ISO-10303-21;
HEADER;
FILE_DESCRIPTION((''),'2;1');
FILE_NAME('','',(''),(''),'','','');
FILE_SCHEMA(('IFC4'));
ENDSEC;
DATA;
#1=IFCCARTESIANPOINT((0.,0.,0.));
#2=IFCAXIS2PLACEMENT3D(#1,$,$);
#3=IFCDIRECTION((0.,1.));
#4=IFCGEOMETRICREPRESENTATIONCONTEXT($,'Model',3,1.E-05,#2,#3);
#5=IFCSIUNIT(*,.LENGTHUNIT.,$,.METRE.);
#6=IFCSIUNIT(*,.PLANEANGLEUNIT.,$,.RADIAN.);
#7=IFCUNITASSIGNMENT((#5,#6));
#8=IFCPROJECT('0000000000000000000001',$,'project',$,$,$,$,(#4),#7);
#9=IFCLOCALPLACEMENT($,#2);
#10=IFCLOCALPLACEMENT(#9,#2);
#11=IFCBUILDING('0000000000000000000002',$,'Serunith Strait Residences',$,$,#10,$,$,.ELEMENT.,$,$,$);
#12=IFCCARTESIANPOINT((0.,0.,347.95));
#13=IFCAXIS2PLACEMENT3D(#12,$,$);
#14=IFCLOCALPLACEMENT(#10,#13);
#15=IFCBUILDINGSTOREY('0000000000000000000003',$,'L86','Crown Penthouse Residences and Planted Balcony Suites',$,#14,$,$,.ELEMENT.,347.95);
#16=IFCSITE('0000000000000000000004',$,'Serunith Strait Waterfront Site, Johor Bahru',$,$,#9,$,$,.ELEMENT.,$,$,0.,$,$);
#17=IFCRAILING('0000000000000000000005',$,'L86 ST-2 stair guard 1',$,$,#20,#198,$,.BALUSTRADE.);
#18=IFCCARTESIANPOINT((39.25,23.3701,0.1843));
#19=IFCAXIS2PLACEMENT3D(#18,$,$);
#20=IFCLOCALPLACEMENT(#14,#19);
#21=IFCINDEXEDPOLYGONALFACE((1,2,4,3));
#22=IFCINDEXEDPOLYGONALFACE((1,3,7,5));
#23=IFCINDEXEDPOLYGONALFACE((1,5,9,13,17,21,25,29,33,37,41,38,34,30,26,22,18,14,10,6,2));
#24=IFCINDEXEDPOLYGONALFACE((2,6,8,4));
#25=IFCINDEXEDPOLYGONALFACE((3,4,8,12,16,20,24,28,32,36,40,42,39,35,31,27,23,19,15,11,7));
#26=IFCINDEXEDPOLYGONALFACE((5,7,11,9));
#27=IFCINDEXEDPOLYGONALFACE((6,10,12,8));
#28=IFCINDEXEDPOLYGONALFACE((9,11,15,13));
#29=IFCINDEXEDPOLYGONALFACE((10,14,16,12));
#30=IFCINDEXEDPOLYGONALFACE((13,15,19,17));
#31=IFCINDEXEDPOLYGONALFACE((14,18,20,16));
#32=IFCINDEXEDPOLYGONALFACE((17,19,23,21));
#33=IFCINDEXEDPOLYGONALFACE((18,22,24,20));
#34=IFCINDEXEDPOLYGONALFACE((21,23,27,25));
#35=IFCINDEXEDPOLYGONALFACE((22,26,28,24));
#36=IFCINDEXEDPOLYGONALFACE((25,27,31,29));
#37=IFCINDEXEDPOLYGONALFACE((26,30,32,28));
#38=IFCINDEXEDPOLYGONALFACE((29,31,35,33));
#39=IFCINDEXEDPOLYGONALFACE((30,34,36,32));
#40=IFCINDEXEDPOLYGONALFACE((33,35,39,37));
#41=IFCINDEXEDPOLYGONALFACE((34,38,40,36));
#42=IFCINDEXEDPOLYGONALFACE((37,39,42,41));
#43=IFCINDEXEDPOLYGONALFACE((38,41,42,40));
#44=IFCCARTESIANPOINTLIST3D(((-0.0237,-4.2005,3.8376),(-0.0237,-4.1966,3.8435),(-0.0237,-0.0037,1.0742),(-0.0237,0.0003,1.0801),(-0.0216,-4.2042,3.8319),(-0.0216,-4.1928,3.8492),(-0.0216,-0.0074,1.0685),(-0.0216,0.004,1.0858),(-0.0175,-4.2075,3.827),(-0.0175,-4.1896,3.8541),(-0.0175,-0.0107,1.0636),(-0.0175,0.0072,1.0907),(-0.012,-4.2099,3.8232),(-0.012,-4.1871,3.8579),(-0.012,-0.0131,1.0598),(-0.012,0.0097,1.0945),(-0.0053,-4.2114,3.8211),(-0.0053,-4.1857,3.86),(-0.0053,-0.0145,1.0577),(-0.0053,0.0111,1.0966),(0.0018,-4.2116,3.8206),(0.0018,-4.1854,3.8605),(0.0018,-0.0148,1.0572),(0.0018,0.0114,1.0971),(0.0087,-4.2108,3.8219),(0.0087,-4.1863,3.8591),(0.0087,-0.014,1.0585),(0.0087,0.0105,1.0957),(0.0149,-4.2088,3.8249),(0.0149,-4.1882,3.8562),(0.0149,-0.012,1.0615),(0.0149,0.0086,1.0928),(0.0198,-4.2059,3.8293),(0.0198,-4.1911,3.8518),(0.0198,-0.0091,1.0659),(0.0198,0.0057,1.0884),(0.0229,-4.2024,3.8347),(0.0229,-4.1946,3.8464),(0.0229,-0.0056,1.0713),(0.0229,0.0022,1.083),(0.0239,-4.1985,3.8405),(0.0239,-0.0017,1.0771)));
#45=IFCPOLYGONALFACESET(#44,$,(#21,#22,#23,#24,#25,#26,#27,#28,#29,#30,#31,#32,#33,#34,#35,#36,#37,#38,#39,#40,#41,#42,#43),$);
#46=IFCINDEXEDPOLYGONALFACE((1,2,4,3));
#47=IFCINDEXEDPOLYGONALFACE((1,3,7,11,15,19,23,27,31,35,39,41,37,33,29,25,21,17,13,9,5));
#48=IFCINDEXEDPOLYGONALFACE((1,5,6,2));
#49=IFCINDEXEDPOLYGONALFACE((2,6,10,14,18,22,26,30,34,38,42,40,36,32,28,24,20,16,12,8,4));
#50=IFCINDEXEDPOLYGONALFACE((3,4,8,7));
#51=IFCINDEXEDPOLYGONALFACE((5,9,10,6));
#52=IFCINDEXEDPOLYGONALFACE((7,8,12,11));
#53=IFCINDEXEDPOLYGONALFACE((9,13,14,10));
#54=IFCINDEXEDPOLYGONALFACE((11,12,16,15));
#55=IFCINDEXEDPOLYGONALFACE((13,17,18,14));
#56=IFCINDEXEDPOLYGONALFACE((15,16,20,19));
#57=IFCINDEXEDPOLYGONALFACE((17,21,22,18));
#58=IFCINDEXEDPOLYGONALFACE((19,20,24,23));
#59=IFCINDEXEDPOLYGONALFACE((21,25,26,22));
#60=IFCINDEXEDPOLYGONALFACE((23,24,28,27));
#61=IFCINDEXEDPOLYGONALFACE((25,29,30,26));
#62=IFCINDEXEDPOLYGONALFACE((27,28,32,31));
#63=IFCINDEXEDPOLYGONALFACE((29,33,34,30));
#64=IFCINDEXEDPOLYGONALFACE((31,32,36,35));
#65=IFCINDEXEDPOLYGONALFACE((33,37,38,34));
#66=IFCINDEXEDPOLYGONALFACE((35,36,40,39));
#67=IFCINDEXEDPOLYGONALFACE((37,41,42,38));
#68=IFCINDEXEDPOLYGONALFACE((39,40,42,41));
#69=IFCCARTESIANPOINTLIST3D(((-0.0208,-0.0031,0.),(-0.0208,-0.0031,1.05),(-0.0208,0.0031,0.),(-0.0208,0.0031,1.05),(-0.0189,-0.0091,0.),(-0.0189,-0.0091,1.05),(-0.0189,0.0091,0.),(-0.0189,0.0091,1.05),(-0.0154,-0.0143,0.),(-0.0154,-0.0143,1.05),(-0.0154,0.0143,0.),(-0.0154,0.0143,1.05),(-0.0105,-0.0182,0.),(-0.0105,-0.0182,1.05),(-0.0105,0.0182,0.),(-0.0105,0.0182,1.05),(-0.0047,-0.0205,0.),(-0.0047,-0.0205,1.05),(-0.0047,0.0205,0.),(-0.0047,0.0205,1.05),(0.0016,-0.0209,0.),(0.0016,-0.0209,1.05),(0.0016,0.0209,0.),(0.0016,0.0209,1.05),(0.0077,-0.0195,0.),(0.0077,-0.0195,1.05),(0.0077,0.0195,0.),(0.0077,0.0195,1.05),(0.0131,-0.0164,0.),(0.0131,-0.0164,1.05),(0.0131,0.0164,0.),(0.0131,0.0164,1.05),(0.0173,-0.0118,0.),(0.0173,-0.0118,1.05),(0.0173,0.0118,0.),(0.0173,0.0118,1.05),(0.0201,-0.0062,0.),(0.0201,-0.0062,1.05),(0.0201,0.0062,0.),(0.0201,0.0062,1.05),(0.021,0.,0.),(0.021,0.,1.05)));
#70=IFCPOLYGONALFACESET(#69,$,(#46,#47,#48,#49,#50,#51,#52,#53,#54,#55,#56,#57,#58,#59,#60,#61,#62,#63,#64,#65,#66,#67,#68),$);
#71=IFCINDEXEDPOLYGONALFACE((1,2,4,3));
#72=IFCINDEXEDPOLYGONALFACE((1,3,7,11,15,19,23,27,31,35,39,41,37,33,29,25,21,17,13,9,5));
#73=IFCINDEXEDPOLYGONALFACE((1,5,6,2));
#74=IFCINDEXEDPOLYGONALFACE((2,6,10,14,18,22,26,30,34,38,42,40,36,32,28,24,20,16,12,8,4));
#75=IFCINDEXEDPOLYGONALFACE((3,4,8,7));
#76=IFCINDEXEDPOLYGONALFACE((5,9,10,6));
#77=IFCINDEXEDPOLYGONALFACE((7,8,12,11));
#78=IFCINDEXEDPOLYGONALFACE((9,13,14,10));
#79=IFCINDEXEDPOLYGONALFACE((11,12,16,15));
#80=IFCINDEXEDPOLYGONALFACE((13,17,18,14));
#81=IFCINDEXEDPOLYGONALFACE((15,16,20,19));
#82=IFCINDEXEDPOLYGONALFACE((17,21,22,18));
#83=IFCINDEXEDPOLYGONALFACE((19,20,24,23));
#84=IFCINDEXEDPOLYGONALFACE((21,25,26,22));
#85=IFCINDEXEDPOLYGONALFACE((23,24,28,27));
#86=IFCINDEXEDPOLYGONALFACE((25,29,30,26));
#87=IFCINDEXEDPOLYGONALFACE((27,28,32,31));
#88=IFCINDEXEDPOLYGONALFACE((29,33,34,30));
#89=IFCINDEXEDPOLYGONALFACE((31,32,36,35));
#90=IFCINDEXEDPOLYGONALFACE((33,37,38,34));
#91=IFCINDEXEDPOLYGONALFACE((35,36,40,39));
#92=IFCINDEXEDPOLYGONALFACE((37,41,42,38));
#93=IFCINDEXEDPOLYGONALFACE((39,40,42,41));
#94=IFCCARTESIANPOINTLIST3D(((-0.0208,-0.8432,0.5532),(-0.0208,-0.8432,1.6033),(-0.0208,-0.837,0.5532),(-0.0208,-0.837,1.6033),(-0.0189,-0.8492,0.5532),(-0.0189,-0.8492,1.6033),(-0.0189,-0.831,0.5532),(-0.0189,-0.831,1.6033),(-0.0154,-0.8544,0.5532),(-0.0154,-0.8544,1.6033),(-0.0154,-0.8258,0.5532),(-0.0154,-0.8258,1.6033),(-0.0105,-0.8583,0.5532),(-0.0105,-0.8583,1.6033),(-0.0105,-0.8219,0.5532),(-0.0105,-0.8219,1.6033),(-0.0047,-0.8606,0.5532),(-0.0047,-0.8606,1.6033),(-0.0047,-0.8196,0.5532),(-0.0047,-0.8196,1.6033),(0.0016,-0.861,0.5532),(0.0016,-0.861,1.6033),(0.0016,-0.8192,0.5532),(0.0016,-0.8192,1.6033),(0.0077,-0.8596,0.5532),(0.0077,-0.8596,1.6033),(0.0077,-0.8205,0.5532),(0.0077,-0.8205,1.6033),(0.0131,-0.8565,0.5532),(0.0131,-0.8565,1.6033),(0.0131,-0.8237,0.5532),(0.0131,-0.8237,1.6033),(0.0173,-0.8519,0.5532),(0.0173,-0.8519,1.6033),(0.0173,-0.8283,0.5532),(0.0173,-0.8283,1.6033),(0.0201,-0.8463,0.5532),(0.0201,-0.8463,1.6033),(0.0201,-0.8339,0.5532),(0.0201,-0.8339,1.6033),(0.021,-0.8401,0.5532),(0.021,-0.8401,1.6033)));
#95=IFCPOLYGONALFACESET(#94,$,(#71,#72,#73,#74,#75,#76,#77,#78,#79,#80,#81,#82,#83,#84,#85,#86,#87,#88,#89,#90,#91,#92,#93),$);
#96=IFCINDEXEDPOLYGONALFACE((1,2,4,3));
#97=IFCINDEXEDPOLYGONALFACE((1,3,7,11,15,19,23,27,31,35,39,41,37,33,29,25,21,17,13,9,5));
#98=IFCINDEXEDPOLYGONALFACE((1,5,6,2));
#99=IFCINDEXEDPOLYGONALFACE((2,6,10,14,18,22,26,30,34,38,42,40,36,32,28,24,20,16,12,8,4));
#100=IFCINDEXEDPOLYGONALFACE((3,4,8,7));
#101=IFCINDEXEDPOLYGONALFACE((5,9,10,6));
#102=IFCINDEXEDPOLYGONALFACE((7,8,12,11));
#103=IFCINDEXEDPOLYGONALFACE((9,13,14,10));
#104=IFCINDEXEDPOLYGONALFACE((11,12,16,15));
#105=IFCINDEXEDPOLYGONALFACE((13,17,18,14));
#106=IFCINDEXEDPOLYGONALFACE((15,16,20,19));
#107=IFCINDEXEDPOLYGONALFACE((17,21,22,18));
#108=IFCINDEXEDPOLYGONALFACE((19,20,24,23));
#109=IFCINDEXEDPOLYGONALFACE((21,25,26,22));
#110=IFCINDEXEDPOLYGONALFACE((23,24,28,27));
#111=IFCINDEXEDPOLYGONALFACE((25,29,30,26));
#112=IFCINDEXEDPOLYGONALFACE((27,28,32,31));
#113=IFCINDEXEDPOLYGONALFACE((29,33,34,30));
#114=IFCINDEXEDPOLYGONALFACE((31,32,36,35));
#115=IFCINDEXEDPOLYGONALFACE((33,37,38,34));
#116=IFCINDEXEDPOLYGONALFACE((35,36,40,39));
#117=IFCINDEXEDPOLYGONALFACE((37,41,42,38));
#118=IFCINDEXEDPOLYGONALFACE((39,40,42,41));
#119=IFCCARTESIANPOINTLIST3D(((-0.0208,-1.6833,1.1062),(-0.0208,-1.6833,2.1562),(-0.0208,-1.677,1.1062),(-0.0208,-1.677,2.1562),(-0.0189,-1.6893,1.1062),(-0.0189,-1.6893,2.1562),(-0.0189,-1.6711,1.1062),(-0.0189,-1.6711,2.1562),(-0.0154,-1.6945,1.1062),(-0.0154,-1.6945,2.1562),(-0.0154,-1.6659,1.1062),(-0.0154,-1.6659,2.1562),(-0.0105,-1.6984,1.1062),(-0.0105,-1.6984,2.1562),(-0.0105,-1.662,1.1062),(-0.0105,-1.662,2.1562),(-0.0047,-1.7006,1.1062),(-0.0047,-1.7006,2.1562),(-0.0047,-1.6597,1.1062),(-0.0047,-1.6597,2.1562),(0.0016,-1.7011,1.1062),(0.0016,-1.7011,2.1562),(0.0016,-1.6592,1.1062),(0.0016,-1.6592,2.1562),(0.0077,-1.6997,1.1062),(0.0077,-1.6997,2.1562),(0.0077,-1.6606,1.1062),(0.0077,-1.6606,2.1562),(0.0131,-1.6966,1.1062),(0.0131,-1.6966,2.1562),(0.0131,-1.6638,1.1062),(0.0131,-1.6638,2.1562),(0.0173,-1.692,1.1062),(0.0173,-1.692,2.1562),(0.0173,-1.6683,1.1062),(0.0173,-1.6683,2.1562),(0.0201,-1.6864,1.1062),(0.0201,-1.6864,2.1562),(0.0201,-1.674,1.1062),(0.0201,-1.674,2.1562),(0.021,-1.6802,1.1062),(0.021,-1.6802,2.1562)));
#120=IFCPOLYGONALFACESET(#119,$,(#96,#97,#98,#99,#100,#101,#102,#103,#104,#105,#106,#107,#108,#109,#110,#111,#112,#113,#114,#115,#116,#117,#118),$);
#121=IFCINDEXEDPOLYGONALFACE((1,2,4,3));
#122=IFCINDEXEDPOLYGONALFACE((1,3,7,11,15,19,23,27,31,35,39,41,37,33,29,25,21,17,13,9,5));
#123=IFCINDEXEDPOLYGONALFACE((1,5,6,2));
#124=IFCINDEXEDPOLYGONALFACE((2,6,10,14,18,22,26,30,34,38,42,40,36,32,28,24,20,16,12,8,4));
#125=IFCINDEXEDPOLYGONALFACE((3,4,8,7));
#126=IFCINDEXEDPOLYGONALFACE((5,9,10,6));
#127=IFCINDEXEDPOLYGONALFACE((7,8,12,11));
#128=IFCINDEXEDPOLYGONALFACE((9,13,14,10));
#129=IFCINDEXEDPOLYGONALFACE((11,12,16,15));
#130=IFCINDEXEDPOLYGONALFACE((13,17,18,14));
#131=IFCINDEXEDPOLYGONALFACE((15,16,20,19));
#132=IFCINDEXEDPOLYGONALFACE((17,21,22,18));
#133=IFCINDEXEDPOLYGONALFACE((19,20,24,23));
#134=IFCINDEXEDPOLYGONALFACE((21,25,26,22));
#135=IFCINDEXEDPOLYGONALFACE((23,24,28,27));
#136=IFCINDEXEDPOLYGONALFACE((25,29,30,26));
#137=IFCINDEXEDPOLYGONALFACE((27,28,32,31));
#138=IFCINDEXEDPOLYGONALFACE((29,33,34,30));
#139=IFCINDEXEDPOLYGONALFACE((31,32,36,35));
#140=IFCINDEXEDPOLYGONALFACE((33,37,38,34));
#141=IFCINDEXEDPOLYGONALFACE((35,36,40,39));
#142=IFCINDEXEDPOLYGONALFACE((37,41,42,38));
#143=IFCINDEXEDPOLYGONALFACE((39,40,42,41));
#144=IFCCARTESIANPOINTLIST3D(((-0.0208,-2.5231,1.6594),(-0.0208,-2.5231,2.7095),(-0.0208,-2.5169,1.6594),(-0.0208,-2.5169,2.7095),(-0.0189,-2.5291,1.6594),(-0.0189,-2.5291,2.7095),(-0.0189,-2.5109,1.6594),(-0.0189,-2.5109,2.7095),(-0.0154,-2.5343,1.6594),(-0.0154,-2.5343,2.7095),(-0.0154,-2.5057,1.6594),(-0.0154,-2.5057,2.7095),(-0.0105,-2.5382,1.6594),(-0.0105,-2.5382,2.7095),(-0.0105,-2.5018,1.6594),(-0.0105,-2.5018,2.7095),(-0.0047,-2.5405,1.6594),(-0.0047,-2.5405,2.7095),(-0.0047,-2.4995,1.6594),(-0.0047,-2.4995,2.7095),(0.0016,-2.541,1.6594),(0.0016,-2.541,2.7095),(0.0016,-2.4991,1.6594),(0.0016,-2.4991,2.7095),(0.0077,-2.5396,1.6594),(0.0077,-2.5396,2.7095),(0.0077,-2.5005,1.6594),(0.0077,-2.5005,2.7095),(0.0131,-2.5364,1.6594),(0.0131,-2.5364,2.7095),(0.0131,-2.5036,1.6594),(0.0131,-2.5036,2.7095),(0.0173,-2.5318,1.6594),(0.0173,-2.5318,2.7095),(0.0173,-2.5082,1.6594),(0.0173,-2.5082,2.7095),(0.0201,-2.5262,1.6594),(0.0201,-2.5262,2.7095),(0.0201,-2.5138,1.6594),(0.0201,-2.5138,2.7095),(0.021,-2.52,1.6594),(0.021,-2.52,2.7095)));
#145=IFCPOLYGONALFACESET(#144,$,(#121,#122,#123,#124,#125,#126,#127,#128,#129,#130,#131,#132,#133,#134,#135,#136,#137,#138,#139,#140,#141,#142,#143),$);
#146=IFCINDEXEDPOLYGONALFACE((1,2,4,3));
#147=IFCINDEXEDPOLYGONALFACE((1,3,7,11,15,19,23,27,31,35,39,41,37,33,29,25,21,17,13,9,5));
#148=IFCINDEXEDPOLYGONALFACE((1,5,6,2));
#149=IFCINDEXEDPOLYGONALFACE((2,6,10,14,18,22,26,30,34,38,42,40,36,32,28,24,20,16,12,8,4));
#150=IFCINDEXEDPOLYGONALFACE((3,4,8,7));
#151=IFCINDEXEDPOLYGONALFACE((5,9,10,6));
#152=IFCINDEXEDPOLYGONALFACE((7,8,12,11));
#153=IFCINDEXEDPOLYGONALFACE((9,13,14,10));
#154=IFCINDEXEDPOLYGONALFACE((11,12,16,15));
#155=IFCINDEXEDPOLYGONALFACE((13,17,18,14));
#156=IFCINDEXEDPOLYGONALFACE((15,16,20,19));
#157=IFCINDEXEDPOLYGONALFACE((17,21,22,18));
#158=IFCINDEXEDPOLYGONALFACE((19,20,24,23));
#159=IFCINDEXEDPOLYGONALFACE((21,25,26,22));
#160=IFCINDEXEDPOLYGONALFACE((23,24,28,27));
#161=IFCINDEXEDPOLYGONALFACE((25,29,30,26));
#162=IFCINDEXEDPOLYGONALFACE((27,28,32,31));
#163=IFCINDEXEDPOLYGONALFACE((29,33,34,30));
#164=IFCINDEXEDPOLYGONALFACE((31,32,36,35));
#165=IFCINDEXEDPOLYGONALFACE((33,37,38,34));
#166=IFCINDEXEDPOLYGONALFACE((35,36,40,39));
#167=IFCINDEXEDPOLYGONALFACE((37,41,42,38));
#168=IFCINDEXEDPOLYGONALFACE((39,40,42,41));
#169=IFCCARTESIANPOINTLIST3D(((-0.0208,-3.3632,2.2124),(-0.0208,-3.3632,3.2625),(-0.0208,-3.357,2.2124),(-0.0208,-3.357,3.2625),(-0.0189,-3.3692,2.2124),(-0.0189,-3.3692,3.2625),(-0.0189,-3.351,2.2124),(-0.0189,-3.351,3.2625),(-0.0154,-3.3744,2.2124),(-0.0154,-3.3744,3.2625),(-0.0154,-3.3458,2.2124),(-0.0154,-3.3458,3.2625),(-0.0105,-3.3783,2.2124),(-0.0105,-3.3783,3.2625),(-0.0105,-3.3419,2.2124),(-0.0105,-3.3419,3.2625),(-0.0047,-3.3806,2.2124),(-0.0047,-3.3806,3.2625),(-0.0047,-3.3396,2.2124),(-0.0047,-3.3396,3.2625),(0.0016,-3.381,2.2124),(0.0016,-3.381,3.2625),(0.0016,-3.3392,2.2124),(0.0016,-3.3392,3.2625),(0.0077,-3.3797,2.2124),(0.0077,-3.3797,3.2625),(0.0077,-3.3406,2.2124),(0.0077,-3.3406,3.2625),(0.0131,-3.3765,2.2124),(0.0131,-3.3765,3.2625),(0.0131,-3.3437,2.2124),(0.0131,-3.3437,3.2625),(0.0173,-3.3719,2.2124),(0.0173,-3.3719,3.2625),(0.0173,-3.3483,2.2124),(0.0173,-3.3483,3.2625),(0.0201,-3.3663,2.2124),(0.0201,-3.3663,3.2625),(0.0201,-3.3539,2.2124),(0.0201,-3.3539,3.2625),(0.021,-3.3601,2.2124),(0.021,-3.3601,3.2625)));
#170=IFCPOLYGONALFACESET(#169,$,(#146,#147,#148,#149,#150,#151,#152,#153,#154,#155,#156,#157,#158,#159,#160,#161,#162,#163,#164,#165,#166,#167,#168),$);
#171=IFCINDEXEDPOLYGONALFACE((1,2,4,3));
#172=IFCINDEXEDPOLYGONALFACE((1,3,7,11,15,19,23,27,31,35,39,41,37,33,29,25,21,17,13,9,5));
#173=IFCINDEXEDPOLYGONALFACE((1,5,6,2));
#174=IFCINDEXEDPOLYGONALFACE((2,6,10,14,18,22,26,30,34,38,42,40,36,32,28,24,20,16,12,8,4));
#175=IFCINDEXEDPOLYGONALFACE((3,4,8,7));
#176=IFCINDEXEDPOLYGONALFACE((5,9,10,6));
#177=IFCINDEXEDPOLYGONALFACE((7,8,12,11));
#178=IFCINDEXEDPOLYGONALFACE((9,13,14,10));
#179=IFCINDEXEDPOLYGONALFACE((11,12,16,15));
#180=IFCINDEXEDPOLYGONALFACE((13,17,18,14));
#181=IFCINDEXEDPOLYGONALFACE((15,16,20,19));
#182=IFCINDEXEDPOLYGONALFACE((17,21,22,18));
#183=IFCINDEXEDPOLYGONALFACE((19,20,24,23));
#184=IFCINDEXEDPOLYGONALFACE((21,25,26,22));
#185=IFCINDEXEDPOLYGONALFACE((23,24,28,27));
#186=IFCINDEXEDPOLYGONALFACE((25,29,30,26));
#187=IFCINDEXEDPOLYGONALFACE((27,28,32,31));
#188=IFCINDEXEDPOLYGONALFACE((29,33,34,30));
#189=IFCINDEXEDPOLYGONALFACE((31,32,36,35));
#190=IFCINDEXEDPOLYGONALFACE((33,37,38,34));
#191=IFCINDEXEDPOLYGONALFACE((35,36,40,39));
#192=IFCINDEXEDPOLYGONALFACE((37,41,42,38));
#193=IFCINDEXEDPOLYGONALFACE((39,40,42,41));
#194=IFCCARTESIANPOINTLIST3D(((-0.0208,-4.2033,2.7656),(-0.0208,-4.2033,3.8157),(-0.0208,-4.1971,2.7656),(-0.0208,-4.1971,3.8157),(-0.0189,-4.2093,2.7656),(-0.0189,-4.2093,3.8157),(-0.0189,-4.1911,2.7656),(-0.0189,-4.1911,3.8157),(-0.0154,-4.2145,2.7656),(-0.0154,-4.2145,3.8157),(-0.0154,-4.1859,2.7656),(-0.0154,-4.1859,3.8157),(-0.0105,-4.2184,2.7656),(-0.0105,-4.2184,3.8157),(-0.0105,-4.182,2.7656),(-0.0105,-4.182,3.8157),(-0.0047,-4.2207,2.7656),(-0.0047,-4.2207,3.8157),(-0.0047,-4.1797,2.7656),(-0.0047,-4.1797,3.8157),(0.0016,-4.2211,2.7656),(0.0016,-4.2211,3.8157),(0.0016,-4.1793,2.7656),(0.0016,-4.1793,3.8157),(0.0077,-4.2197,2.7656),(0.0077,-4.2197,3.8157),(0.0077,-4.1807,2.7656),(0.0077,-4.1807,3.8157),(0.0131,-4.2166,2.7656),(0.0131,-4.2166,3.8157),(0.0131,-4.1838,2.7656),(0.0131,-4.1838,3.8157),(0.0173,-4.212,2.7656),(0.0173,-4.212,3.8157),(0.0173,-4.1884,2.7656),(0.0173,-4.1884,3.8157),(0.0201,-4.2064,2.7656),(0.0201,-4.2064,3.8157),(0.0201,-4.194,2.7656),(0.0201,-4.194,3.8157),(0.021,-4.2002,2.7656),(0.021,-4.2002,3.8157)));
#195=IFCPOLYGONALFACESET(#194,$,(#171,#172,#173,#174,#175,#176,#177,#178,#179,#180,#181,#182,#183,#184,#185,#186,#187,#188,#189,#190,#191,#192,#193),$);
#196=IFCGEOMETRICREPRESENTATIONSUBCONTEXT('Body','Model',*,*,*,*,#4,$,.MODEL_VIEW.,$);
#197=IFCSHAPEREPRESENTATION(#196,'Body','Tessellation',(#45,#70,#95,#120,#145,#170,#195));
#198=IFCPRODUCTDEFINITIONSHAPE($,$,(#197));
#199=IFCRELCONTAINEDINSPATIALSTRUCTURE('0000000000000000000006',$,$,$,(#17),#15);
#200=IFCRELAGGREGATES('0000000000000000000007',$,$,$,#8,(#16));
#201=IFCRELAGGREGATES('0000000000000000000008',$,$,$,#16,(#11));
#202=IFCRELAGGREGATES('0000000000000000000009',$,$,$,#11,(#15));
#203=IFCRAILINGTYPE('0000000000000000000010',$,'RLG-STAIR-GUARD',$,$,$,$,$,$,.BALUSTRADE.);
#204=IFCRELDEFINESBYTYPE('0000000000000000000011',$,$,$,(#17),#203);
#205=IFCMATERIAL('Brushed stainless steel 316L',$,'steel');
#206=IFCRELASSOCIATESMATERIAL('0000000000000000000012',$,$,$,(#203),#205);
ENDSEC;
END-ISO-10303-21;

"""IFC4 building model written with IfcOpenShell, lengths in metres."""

from ifc_helpers import new_model, si_unit, direction, frame, origin, origin_2d, place, context, subcontext, project, spatial, circle, extrude, material, type_object, element, save


model = new_model("IFC4")

# Units and contexts
model_context = context("Model", 3, precision=1e-05, world=origin(), true_north=direction((0.0, 1.0)))
body_context = subcontext(model_context, "Body", "Model", "MODEL_VIEW")
ifc_project = project(units=[si_unit("LENGTHUNIT", "METRE"), si_unit("PLANEANGLEUNIT", "RADIAN")], contexts=[model_context])

# Site, building, storey
site_placement = place(None, origin())
site = spatial("IfcSite", under=ifc_project, at=site_placement, Name="Serunith Strait Waterfront Site, Johor Bahru", CompositionType="ELEMENT", RefElevation=0.0)
building_placement = place(site_placement, origin())
building = spatial("IfcBuilding", under=site, at=building_placement, Name="Serunith Strait Residences", CompositionType="ELEMENT")
storey_placement = place(building_placement, frame((0.0, 0.0, 347.95)))
storey = spatial("IfcBuildingStorey", under=building, at=storey_placement, Name="L86", Description="Crown Penthouse Residences and Planted Balcony Suites", CompositionType="ELEMENT", Elevation=347.95)

# Railing
ifc_material_1 = material(Name="Brushed stainless steel 316L", Category="steel")
railing_type_1 = type_object("IfcRailingType", Name="RLG-STAIR-GUARD", PredefinedType="BALUSTRADE", material=ifc_material_1)
railing_1_placement = place(storey_placement, frame((39.25, 23.3701, 0.1843)))
element("IfcRailing", 1, at=railing_1_placement, inside=storey, type_object=railing_type_1, Name="L86 ST-2 stair guard 1", PredefinedType="BALUSTRADE", context=body_context, shape_type="SweptSolid", body=[
    extrude(circle(Radius=0.0239, at=origin_2d()), frame((0.0, -0.0017, 1.0771), z_axis=(0.0, -0.835203, 0.549941), x_axis=(1.0, 0.0, 0.0)), (0.0, 0.0, 1.0), 5.0249),
    extrude(circle(Radius=0.021, at=origin_2d()), origin(), (0.0, 0.0, 1.0), 1.05),
    extrude(circle(Radius=0.021, at=origin_2d()), frame((0.0, -0.8401, 0.5532)), (0.0, 0.0, 1.0), 1.05),
    extrude(circle(Radius=0.021, at=origin_2d()), frame((0.0, -1.6802, 1.1062)), (0.0, 0.0, 1.0), 1.05),
    extrude(circle(Radius=0.021, at=origin_2d()), frame((0.0, -2.52, 1.6594)), (0.0, 0.0, 1.0), 1.05),
    extrude(circle(Radius=0.021, at=origin_2d()), frame((0.0, -3.3601, 2.2124)), (0.0, 0.0, 1.0), 1.05),
    extrude(circle(Radius=0.021, at=origin_2d()), frame((0.0, -4.2002, 2.7656)), (0.0, 0.0, 1.0), 1.05),
])

save(model, "model.ifc")
